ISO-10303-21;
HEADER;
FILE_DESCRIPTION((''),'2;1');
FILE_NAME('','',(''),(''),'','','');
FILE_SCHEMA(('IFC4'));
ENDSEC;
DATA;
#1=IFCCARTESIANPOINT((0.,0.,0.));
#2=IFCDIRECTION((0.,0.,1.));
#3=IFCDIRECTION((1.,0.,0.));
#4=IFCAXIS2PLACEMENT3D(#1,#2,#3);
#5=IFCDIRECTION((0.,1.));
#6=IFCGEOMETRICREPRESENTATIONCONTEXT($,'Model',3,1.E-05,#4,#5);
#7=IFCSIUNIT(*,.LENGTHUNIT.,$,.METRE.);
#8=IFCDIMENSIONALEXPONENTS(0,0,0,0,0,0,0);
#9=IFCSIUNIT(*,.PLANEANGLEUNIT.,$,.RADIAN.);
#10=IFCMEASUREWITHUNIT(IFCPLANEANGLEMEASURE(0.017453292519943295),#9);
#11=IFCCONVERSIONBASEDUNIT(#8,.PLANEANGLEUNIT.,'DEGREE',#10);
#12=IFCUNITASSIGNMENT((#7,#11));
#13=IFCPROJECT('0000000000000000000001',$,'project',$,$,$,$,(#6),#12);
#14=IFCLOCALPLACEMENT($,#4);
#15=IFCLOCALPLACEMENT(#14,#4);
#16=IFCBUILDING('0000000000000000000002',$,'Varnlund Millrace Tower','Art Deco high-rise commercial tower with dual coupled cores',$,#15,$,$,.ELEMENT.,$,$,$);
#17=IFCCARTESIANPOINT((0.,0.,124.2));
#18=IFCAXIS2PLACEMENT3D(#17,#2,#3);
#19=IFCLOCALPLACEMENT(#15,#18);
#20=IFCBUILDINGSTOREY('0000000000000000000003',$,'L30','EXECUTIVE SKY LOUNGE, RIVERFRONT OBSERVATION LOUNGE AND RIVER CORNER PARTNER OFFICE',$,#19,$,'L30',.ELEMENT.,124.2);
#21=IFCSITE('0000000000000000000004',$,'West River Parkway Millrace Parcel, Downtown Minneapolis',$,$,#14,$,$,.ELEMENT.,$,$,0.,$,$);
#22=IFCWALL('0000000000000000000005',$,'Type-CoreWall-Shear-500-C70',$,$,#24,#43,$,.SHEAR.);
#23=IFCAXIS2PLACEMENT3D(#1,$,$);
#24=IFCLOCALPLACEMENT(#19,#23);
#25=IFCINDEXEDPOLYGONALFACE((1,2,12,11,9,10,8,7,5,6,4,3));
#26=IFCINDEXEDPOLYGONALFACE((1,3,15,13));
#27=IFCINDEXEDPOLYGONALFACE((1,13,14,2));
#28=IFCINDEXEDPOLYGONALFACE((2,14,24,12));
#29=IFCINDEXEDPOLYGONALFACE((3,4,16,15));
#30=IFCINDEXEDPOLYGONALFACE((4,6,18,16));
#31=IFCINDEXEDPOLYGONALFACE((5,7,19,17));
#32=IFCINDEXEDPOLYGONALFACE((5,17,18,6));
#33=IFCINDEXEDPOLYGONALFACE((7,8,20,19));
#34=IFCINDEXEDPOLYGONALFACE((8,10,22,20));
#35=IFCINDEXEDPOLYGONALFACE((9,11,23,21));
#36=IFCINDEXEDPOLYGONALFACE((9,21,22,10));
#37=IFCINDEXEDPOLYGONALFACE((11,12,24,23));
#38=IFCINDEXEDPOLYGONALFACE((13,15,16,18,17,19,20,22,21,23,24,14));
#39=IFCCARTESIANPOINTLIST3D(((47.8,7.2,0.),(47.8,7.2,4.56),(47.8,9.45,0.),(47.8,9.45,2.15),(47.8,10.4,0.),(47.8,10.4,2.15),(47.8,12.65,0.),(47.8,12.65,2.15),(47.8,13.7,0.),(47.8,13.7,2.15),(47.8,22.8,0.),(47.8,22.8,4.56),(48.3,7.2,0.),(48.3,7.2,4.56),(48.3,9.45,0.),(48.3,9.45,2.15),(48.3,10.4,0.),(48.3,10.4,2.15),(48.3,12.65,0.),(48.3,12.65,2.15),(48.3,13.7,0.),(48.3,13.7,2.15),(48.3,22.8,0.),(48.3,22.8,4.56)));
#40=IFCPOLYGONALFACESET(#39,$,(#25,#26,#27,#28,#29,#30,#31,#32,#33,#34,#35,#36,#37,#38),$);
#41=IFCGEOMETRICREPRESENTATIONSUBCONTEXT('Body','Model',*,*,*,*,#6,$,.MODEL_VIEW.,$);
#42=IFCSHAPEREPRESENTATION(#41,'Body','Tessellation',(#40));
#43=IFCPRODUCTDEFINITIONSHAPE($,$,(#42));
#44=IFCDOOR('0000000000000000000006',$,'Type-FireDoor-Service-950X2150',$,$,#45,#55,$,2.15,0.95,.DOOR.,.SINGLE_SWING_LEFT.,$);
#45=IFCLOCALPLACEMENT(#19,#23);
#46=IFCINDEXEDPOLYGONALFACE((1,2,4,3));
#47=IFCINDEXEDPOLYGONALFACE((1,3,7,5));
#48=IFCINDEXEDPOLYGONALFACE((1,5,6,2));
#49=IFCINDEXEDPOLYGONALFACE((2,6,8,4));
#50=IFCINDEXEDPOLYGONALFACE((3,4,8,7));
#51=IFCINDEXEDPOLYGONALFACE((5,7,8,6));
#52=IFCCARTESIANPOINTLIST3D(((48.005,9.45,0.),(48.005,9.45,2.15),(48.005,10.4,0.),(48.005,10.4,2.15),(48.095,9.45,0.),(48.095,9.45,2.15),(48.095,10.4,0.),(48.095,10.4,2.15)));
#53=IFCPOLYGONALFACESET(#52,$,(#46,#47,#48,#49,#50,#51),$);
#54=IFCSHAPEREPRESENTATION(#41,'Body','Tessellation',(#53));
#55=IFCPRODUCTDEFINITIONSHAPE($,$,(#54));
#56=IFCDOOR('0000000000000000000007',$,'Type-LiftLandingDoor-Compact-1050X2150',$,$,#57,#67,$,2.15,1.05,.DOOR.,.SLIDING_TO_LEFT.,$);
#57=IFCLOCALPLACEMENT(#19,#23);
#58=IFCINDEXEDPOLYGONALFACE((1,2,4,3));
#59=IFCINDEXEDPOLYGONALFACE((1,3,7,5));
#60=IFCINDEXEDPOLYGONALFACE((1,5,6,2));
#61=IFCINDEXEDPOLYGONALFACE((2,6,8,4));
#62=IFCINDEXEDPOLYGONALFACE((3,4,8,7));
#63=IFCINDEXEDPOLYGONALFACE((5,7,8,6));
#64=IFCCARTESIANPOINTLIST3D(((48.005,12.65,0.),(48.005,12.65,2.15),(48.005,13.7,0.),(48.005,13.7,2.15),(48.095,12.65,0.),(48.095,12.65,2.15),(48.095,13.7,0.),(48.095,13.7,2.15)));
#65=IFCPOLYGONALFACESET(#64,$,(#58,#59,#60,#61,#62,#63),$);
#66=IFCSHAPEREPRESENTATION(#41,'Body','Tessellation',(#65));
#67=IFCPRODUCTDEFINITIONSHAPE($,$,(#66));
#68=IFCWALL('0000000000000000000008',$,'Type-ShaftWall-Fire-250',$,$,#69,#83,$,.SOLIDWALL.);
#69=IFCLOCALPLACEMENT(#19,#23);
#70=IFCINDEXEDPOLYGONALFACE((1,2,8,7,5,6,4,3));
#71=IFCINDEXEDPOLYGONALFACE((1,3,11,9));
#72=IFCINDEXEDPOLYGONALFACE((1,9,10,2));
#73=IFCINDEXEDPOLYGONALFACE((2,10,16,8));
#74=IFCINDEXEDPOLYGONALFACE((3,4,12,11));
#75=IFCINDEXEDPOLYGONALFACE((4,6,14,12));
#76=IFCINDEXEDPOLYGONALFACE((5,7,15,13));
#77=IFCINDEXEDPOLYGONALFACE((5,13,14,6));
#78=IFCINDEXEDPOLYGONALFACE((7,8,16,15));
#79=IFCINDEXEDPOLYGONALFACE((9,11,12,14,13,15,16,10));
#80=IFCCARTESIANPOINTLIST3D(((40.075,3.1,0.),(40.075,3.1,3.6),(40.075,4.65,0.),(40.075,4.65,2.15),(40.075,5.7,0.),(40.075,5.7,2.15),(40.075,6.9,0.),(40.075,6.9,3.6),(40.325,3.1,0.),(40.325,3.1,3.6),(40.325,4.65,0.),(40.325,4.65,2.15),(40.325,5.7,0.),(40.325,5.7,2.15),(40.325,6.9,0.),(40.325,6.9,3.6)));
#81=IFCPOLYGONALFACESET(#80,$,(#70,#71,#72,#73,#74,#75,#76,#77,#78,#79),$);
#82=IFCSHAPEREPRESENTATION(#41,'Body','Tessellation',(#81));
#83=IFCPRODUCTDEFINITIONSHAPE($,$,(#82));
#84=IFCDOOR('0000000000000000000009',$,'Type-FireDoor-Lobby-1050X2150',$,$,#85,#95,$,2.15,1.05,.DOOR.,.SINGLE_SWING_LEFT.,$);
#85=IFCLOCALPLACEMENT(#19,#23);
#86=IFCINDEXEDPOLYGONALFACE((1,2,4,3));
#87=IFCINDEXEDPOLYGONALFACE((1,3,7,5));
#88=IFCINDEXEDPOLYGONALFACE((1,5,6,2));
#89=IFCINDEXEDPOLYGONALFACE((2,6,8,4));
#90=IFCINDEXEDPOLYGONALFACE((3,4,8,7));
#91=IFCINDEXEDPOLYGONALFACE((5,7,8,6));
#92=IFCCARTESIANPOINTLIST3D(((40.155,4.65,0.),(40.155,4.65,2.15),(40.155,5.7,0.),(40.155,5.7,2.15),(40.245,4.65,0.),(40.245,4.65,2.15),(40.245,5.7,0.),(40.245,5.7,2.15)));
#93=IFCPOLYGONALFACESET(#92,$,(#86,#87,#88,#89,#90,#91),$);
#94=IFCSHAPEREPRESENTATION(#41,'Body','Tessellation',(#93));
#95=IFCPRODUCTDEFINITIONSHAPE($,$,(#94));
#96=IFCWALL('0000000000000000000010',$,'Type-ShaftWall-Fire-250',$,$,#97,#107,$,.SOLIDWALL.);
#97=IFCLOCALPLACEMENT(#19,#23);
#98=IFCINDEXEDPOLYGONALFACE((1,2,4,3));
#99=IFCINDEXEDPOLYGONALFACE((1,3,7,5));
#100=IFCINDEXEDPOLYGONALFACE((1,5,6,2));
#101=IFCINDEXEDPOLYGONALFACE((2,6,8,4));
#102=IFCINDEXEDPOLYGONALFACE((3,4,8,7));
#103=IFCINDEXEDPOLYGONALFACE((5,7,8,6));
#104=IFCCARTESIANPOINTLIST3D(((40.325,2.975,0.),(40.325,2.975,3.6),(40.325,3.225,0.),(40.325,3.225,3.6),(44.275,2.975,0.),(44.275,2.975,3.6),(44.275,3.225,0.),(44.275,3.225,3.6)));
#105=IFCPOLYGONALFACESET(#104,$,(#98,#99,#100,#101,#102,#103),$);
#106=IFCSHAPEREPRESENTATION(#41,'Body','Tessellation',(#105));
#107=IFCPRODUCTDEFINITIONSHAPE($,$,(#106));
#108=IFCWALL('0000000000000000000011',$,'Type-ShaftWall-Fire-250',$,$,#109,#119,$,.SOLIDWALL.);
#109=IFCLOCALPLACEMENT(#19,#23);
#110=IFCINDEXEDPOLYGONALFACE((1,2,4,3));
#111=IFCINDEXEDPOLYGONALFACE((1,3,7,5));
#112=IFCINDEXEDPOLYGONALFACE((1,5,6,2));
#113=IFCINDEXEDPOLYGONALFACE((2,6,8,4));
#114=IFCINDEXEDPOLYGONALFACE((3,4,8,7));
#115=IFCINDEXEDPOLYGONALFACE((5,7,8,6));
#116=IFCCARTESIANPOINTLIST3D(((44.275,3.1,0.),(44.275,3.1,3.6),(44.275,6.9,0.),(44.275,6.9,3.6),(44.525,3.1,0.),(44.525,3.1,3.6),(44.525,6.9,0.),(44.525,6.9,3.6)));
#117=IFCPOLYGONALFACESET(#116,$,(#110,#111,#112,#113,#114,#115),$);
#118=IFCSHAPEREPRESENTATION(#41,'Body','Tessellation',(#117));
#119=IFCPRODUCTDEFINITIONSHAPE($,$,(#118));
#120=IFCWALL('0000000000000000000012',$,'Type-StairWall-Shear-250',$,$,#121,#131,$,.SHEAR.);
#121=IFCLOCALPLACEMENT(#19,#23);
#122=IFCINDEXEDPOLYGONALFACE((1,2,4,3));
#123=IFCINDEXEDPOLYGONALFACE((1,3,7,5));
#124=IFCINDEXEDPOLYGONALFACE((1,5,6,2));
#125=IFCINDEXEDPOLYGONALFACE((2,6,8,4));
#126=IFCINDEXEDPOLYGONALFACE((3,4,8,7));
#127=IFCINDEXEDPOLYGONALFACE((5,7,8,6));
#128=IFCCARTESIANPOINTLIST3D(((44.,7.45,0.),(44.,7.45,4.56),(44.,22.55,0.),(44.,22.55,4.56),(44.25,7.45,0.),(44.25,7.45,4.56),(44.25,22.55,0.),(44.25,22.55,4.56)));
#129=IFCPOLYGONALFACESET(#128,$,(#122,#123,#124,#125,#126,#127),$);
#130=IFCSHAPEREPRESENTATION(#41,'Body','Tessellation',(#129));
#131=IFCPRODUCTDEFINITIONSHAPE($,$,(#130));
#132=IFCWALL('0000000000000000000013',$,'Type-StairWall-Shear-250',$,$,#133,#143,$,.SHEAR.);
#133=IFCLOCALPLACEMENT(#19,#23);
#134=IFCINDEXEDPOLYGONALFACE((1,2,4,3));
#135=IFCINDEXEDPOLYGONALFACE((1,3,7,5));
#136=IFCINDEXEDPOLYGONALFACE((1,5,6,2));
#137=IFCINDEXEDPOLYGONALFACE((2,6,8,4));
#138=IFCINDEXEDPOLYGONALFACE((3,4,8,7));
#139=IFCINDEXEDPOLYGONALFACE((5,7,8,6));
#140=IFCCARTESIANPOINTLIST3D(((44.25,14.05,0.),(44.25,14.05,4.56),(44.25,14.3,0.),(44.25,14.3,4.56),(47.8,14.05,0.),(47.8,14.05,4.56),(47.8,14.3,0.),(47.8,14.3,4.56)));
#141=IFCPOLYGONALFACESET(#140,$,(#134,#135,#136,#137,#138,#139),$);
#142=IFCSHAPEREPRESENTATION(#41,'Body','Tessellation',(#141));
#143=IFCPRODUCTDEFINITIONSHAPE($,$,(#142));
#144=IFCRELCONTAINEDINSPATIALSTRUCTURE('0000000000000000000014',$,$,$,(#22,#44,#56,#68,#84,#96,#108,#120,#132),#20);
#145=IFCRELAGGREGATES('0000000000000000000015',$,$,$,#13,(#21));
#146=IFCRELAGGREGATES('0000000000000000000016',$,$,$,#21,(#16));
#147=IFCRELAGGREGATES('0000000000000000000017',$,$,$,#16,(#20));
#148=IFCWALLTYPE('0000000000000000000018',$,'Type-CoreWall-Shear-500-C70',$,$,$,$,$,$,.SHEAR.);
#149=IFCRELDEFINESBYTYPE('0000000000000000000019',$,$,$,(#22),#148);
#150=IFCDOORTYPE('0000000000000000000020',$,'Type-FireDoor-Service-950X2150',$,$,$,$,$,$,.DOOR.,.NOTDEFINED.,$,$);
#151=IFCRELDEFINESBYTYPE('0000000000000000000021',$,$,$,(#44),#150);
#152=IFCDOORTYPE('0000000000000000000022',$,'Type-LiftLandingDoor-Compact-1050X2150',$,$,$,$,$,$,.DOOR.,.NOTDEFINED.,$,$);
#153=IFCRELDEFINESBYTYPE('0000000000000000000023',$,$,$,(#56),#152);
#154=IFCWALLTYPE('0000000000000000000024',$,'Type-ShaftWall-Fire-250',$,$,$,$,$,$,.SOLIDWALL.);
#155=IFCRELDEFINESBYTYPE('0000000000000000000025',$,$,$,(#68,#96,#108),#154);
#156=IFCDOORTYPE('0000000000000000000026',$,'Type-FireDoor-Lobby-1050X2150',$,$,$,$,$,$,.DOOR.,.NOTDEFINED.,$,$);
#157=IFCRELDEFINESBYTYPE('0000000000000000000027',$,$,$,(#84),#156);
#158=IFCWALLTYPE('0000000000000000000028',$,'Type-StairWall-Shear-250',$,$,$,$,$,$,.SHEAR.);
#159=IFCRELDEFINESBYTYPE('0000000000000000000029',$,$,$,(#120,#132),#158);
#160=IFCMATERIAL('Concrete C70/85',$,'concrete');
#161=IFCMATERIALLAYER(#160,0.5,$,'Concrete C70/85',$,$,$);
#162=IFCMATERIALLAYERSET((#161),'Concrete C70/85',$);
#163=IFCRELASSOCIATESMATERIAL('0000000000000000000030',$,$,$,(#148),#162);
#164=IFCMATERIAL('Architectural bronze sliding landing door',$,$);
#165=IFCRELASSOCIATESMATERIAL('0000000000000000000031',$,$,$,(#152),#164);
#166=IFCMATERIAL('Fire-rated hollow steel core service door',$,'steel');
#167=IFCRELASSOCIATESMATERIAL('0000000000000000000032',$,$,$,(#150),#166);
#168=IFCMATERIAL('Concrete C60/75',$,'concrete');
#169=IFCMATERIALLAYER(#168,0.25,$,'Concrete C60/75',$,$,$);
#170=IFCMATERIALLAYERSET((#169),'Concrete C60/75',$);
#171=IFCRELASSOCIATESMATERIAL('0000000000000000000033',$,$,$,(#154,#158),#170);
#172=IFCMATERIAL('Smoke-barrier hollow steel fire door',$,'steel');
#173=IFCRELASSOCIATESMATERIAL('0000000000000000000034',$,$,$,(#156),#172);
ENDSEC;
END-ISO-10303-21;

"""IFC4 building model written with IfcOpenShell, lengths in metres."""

from ifc_helpers import new_model, entity, si_unit, converted_unit, direction, frame, origin_with_axes, origin_2d_with_axis, place, context, subcontext, project, spatial, polyline, rectangle, outline, extrude, material, layer, layer_set, type_object, element, fill, save


model = new_model("IFC4")

# Units and contexts
model_context = context("Model", 3, precision=1e-05, world=origin_with_axes(), true_north=direction((0.0, 1.0)))
body_context = subcontext(model_context, "Body", "Model", "MODEL_VIEW")
ifc_project = project(units=[si_unit("LENGTHUNIT", "METRE"), converted_unit("PLANEANGLEUNIT", "DEGREE", entity("IfcPlaneAngleMeasure", 0.017453292519943295), si_unit("PLANEANGLEUNIT", "RADIAN"), dimensions=[0, 0, 0, 0, 0, 0, 0])], contexts=[model_context])

# Site, building, storey
site_placement = place(None, origin_with_axes())
site = spatial("IfcSite", under=ifc_project, at=site_placement, Name="West River Parkway Millrace Parcel, Downtown Minneapolis", CompositionType="ELEMENT", RefElevation=0.0)
building_placement = place(site_placement, origin_with_axes())
building = spatial("IfcBuilding", under=site, at=building_placement, Name="Varnlund Millrace Tower", Description="Art Deco high-rise commercial tower with dual coupled cores", CompositionType="ELEMENT")
storey_placement = place(building_placement, frame((0.0, 0.0, 124.2), z_axis=(0.0, 0.0, 1.0), x_axis=(1.0, 0.0, 0.0)))
storey = spatial("IfcBuildingStorey", under=building, at=storey_placement, Name="L30", Description="EXECUTIVE SKY LOUNGE, RIVERFRONT OBSERVATION LOUNGE AND RIVER CORNER PARTNER OFFICE", LongName="L30", CompositionType="ELEMENT", Elevation=124.2)

# Shared definitions
ifc_material_1 = material(Name="Concrete C70/85", Category="concrete")
ifc_layer_1 = layer(ifc_material_1, 0.5, Name="Concrete C70/85")
ifc_layer_set_1 = layer_set([ifc_layer_1], Name="Concrete C70/85")
wall_type_1 = type_object("IfcWallType", Name="Type-CoreWall-Shear-500-C70", PredefinedType="SHEAR", material=ifc_layer_set_1)
ifc_material_2 = material(Name="Architectural bronze sliding landing door")
door_type_1 = type_object("IfcDoorType", Name="Type-LiftLandingDoor-Compact-1050X2150", OperationType="NOTDEFINED", PredefinedType="DOOR", material=ifc_material_2)

# Wall, openings, doors
wall_1_placement = place(storey_placement, frame((48.05, 7.2, 0.0), z_axis=(0.0, 0.0, 1.0), x_axis=(0.0, 1.0, 0.0)))
wall_1 = element("IfcWall", 1, at=wall_1_placement, inside=storey, type_object=wall_type_1, Name="Type-CoreWall-Shear-500-C70", PredefinedType="SHEAR", context=body_context, shape_type="SweptSolid", body=[
    extrude(outline(polyline([(0.0, -0.25), (15.6, -0.25), (15.6, 0.25), (0.0, 0.25), (0.0, -0.25)])), origin_with_axes(), (0.0, 0.0, 1.0), 4.56),
])
opening_1_placement = place(wall_1_placement, frame((5.975, 0.0, 0.0), z_axis=(0.0, 0.0, 1.0), x_axis=(1.0, 0.0, 0.0)))
opening_1 = element("IfcOpeningElement", 2, at=opening_1_placement, cuts=wall_1, PredefinedType="OPENING", context=body_context, shape_type="SweptSolid", body=[
    extrude(rectangle(XDim=1.05, YDim=0.52, at=origin_2d_with_axis()), origin_with_axes(), (0.0, 0.0, 1.0), 2.15),
])
opening_2_placement = place(wall_1_placement, frame((2.725, 0.0, 0.0), z_axis=(0.0, 0.0, 1.0), x_axis=(1.0, 0.0, 0.0)))
opening_2 = element("IfcOpeningElement", 3, at=opening_2_placement, cuts=wall_1, PredefinedType="OPENING", context=body_context, shape_type="SweptSolid", body=[
    extrude(rectangle(XDim=0.95, YDim=0.52, at=origin_2d_with_axis()), origin_with_axes(), (0.0, 0.0, 1.0), 2.15),
])
ifc_material_3 = material(Name="Fire-rated hollow steel core service door", Category="steel")
door_type_2 = type_object("IfcDoorType", Name="Type-FireDoor-Service-950X2150", OperationType="NOTDEFINED", PredefinedType="DOOR", material=ifc_material_3)
door_1_placement = place(wall_1_placement, frame((2.725, 0.0, 0.0), z_axis=(0.0, 0.0, 1.0), x_axis=(1.0, 0.0, 0.0)))
door_1 = element("IfcDoor", 4, at=door_1_placement, inside=storey, type_object=door_type_2, Name="Type-FireDoor-Service-950X2150", OperationType="SINGLE_SWING_LEFT", OverallHeight=2.15, OverallWidth=0.95, PredefinedType="DOOR", context=body_context, shape_type="SweptSolid", body=[
    extrude(rectangle(XDim=0.95, YDim=0.09, at=origin_2d_with_axis()), origin_with_axes(), (0.0, 0.0, 1.0), 2.15),
])
fill(opening_2, door_1)
door_2_placement = place(wall_1_placement, frame((5.975, 0.0, 0.0), z_axis=(0.0, 0.0, 1.0), x_axis=(1.0, 0.0, 0.0)))
door_2 = element("IfcDoor", 5, at=door_2_placement, inside=storey, type_object=door_type_1, Name="Type-LiftLandingDoor-Compact-1050X2150", OperationType="SLIDING_TO_LEFT", OverallHeight=2.15, OverallWidth=1.05, PredefinedType="DOOR", context=body_context, shape_type="SweptSolid", body=[
    extrude(rectangle(XDim=1.05, YDim=0.09, at=origin_2d_with_axis()), origin_with_axes(), (0.0, 0.0, 1.0), 2.15),
])
fill(opening_1, door_2)

# Wall, opening, door
ifc_material_4 = material(Name="Concrete C60/75", Category="concrete")
ifc_layer_2 = layer(ifc_material_4, 0.25, Name="Concrete C60/75")
ifc_layer_set_2 = layer_set([ifc_layer_2], Name="Concrete C60/75")
wall_type_2 = type_object("IfcWallType", Name="Type-ShaftWall-Fire-250", PredefinedType="SOLIDWALL", material=ifc_layer_set_2)
wall_2_placement = place(storey_placement, frame((40.2, 3.1, 0.0), z_axis=(0.0, 0.0, 1.0), x_axis=(0.0, 1.0, 0.0)))
wall_2 = element("IfcWall", 6, at=wall_2_placement, inside=storey, type_object=wall_type_2, Name="Type-ShaftWall-Fire-250", PredefinedType="SOLIDWALL", context=body_context, shape_type="SweptSolid", body=[
    extrude(outline(polyline([(0.0, -0.125), (3.8, -0.125), (3.8, 0.125), (0.0, 0.125), (0.0, -0.125)])), origin_with_axes(), (0.0, 0.0, 1.0), 3.6),
])
opening_3_placement = place(wall_2_placement, frame((2.075, 0.0, 0.0), z_axis=(0.0, 0.0, 1.0), x_axis=(1.0, 0.0, 0.0)))
opening_3 = element("IfcOpeningElement", 7, at=opening_3_placement, cuts=wall_2, PredefinedType="OPENING", context=body_context, shape_type="SweptSolid", body=[
    extrude(rectangle(XDim=1.05, YDim=0.27, at=origin_2d_with_axis()), origin_with_axes(), (0.0, 0.0, 1.0), 2.15),
])
ifc_material_5 = material(Name="Smoke-barrier hollow steel fire door", Category="steel")
door_type_3 = type_object("IfcDoorType", Name="Type-FireDoor-Lobby-1050X2150", OperationType="NOTDEFINED", PredefinedType="DOOR", material=ifc_material_5)
door_3_placement = place(wall_2_placement, frame((2.075, 0.0, 0.0), z_axis=(0.0, 0.0, 1.0), x_axis=(1.0, 0.0, 0.0)))
door_3 = element("IfcDoor", 8, at=door_3_placement, inside=storey, type_object=door_type_3, Name="Type-FireDoor-Lobby-1050X2150", OperationType="SINGLE_SWING_LEFT", OverallHeight=2.15, OverallWidth=1.05, PredefinedType="DOOR", context=body_context, shape_type="SweptSolid", body=[
    extrude(rectangle(XDim=1.05, YDim=0.09, at=origin_2d_with_axis()), origin_with_axes(), (0.0, 0.0, 1.0), 2.15),
])
fill(opening_3, door_3)

# Walls
wall_3_placement = place(storey_placement, frame((40.325, 3.1, 0.0), z_axis=(0.0, 0.0, 1.0), x_axis=(1.0, 0.0, 0.0)))
element("IfcWall", 9, at=wall_3_placement, inside=storey, type_object=wall_type_2, Name="Type-ShaftWall-Fire-250", PredefinedType="SOLIDWALL", context=body_context, shape_type="SweptSolid", body=[
    extrude(outline(polyline([(0.0, -0.125), (3.95, -0.125), (3.95, 0.125), (0.0, 0.125), (0.0, -0.125)])), origin_with_axes(), (0.0, 0.0, 1.0), 3.6),
])
wall_4_placement = place(storey_placement, frame((44.4, 3.1, 0.0), z_axis=(0.0, 0.0, 1.0), x_axis=(0.0, 1.0, 0.0)))
element("IfcWall", 10, at=wall_4_placement, inside=storey, type_object=wall_type_2, Name="Type-ShaftWall-Fire-250", PredefinedType="SOLIDWALL", context=body_context, shape_type="SweptSolid", body=[
    extrude(outline(polyline([(0.0, -0.125), (3.8, -0.125), (3.8, 0.125), (0.0, 0.125), (0.0, -0.125)])), origin_with_axes(), (0.0, 0.0, 1.0), 3.6),
])
wall_type_3 = type_object("IfcWallType", Name="Type-StairWall-Shear-250", PredefinedType="SHEAR", material=ifc_layer_set_2)
wall_5_placement = place(storey_placement, frame((44.125, 7.45, 0.0), z_axis=(0.0, 0.0, 1.0), x_axis=(0.0, 1.0, 0.0)))
element("IfcWall", 11, at=wall_5_placement, inside=storey, type_object=wall_type_3, Name="Type-StairWall-Shear-250", PredefinedType="SHEAR", context=body_context, shape_type="SweptSolid", body=[
    extrude(outline(polyline([(0.0, -0.125), (15.1, -0.125), (15.1, 0.125), (0.0, 0.125), (0.0, -0.125)])), origin_with_axes(), (0.0, 0.0, 1.0), 4.56),
])
wall_6_placement = place(storey_placement, frame((44.25, 14.175, 0.0), z_axis=(0.0, 0.0, 1.0), x_axis=(1.0, 0.0, 0.0)))
element("IfcWall", 12, at=wall_6_placement, inside=storey, type_object=wall_type_3, Name="Type-StairWall-Shear-250", PredefinedType="SHEAR", context=body_context, shape_type="SweptSolid", body=[
    extrude(outline(polyline([(0.0, -0.125), (3.55, -0.125), (3.55, 0.125), (0.0, 0.125), (0.0, -0.125)])), origin_with_axes(), (0.0, 0.0, 1.0), 4.56),
])

save(model, "model.ifc")
